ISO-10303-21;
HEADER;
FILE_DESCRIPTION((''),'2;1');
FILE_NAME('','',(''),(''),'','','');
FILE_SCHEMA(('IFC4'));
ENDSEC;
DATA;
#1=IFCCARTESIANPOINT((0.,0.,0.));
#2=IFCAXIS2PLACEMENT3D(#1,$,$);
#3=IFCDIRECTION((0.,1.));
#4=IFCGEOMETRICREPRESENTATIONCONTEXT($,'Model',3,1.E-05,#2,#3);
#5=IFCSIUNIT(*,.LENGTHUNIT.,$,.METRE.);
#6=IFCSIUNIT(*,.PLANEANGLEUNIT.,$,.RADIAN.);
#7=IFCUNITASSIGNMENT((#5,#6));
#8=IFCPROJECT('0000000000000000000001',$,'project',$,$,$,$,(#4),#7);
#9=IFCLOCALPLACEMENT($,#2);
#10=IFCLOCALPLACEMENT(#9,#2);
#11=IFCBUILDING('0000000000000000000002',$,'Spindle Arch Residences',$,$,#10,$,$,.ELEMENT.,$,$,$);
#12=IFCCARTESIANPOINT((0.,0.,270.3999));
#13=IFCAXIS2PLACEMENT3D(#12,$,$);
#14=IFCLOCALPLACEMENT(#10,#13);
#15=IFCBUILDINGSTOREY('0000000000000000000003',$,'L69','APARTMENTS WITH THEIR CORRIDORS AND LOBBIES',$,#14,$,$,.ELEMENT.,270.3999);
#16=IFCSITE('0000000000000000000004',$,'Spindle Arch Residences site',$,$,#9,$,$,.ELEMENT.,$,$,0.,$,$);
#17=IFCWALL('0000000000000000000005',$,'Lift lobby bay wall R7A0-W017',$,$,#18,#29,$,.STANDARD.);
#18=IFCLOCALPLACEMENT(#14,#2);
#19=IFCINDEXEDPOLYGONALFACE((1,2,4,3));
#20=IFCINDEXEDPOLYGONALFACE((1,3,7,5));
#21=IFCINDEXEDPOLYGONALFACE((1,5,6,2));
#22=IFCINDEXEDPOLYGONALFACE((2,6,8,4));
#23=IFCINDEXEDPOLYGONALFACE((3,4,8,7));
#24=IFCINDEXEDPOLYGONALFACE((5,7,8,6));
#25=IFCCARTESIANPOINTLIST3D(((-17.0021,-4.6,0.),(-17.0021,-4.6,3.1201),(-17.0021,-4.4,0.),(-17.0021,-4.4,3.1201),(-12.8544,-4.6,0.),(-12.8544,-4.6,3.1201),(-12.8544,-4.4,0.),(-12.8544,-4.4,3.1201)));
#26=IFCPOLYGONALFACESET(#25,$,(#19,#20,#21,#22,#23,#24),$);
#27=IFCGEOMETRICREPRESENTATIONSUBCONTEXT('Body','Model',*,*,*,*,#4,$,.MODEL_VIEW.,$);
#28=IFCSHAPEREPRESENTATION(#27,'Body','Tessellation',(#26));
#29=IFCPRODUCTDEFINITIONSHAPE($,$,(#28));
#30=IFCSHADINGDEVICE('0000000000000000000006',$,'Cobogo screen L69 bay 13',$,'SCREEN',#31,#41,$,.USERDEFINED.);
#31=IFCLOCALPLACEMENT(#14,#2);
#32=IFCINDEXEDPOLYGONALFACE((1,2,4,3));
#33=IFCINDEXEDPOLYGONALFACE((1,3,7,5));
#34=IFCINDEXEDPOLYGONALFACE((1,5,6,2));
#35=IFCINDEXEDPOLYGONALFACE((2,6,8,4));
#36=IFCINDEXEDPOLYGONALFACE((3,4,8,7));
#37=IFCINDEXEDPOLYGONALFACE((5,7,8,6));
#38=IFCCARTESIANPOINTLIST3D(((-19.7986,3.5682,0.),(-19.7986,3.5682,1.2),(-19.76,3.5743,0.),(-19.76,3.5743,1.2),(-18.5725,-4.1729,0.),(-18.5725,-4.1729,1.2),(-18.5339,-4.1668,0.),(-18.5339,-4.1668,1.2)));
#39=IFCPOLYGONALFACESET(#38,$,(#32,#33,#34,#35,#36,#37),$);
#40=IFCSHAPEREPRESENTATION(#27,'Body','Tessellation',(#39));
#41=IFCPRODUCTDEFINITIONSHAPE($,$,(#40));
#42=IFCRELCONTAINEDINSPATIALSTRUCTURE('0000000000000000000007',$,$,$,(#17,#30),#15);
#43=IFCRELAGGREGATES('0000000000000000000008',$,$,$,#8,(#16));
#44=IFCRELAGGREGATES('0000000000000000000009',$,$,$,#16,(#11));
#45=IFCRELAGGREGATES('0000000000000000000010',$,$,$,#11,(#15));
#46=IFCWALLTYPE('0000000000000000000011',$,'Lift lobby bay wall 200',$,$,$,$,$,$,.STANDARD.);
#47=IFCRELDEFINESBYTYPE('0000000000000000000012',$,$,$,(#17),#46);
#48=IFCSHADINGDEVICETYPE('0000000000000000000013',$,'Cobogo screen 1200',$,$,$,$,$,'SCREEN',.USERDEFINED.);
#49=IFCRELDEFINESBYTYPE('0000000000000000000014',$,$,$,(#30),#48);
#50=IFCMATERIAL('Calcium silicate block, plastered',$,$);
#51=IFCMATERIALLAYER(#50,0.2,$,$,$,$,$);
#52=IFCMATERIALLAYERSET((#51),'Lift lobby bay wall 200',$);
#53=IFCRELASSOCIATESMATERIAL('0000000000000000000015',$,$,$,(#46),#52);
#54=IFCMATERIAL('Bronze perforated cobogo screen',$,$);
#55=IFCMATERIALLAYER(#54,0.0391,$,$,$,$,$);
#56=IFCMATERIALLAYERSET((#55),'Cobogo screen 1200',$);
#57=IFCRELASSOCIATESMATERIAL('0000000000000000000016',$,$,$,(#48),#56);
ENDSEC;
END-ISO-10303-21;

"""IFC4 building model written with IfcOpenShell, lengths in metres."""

from ifc_helpers import new_model, si_unit, direction, frame, frame_2d, origin, origin_2d, place, context, subcontext, project, spatial, rectangle, extrude, material, layer, layer_set, type_object, element, save


model = new_model("IFC4")

# Units and contexts
model_context = context("Model", 3, precision=1e-05, world=origin(), true_north=direction((0.0, 1.0)))
body_context = subcontext(model_context, "Body", "Model", "MODEL_VIEW")
ifc_project = project(units=[si_unit("LENGTHUNIT", "METRE"), si_unit("PLANEANGLEUNIT", "RADIAN")], contexts=[model_context])

# Site, building, storey
site_placement = place(None, origin())
site = spatial("IfcSite", under=ifc_project, at=site_placement, Name="Spindle Arch Residences site", CompositionType="ELEMENT", RefElevation=0.0)
building_placement = place(site_placement, origin())
building = spatial("IfcBuilding", under=site, at=building_placement, Name="Spindle Arch Residences", CompositionType="ELEMENT")
storey_placement = place(building_placement, frame((0.0, 0.0, 270.3999)))
storey = spatial("IfcBuildingStorey", under=building, at=storey_placement, Name="L69", Description="APARTMENTS WITH THEIR CORRIDORS AND LOBBIES", CompositionType="ELEMENT", Elevation=270.3999)

# Wall
ifc_material_1 = material(Name="Calcium silicate block, plastered")
ifc_layer_1 = layer(ifc_material_1, 0.2)
ifc_layer_set_1 = layer_set([ifc_layer_1], Name="Lift lobby bay wall 200")
wall_type_1 = type_object("IfcWallType", Name="Lift lobby bay wall 200", PredefinedType="STANDARD", material=ifc_layer_set_1)
wall_1_placement = place(storey_placement, frame((-17.002, -4.5, 0.0), z_axis=(0.0, 0.0, 1.0), x_axis=(1.0, 0.0, 0.0)))
element("IfcWall", 1, at=wall_1_placement, inside=storey, type_object=wall_type_1, Name="Lift lobby bay wall R7A0-W017", PredefinedType="STANDARD", context=body_context, shape_type="SweptSolid", body=[
    extrude(rectangle(XDim=4.1477, YDim=0.2, at=frame_2d((2.0737, 0.0))), origin(), (0.0, 0.0, 1.0), 3.1201),
])

# Shading device
ifc_material_2 = material(Name="Bronze perforated cobogo screen")
ifc_layer_2 = layer(ifc_material_2, 0.0391)
ifc_layer_set_2 = layer_set([ifc_layer_2], Name="Cobogo screen 1200")
shading_device_type = type_object("IfcShadingDeviceType", Name="Cobogo screen 1200", ElementType="SCREEN", PredefinedType="USERDEFINED", material=ifc_layer_set_2)
shading_device_placement = place(storey_placement, frame((-19.1663, -0.2993, 0.0), z_axis=(0.0, 0.0, 1.0), x_axis=(0.156434, -0.987688, 0.0)))
element("IfcShadingDevice", 2, at=shading_device_placement, inside=storey, type_object=shading_device_type, Name="Cobogo screen L69 bay 13", ObjectType="SCREEN", PredefinedType="USERDEFINED", context=body_context, shape_type="SweptSolid", body=[
    extrude(rectangle(XDim=7.8376, YDim=0.0391, at=origin_2d()), origin(), (0.0, 0.0, 1.0), 1.2),
])

save(model, "model.ifc")
